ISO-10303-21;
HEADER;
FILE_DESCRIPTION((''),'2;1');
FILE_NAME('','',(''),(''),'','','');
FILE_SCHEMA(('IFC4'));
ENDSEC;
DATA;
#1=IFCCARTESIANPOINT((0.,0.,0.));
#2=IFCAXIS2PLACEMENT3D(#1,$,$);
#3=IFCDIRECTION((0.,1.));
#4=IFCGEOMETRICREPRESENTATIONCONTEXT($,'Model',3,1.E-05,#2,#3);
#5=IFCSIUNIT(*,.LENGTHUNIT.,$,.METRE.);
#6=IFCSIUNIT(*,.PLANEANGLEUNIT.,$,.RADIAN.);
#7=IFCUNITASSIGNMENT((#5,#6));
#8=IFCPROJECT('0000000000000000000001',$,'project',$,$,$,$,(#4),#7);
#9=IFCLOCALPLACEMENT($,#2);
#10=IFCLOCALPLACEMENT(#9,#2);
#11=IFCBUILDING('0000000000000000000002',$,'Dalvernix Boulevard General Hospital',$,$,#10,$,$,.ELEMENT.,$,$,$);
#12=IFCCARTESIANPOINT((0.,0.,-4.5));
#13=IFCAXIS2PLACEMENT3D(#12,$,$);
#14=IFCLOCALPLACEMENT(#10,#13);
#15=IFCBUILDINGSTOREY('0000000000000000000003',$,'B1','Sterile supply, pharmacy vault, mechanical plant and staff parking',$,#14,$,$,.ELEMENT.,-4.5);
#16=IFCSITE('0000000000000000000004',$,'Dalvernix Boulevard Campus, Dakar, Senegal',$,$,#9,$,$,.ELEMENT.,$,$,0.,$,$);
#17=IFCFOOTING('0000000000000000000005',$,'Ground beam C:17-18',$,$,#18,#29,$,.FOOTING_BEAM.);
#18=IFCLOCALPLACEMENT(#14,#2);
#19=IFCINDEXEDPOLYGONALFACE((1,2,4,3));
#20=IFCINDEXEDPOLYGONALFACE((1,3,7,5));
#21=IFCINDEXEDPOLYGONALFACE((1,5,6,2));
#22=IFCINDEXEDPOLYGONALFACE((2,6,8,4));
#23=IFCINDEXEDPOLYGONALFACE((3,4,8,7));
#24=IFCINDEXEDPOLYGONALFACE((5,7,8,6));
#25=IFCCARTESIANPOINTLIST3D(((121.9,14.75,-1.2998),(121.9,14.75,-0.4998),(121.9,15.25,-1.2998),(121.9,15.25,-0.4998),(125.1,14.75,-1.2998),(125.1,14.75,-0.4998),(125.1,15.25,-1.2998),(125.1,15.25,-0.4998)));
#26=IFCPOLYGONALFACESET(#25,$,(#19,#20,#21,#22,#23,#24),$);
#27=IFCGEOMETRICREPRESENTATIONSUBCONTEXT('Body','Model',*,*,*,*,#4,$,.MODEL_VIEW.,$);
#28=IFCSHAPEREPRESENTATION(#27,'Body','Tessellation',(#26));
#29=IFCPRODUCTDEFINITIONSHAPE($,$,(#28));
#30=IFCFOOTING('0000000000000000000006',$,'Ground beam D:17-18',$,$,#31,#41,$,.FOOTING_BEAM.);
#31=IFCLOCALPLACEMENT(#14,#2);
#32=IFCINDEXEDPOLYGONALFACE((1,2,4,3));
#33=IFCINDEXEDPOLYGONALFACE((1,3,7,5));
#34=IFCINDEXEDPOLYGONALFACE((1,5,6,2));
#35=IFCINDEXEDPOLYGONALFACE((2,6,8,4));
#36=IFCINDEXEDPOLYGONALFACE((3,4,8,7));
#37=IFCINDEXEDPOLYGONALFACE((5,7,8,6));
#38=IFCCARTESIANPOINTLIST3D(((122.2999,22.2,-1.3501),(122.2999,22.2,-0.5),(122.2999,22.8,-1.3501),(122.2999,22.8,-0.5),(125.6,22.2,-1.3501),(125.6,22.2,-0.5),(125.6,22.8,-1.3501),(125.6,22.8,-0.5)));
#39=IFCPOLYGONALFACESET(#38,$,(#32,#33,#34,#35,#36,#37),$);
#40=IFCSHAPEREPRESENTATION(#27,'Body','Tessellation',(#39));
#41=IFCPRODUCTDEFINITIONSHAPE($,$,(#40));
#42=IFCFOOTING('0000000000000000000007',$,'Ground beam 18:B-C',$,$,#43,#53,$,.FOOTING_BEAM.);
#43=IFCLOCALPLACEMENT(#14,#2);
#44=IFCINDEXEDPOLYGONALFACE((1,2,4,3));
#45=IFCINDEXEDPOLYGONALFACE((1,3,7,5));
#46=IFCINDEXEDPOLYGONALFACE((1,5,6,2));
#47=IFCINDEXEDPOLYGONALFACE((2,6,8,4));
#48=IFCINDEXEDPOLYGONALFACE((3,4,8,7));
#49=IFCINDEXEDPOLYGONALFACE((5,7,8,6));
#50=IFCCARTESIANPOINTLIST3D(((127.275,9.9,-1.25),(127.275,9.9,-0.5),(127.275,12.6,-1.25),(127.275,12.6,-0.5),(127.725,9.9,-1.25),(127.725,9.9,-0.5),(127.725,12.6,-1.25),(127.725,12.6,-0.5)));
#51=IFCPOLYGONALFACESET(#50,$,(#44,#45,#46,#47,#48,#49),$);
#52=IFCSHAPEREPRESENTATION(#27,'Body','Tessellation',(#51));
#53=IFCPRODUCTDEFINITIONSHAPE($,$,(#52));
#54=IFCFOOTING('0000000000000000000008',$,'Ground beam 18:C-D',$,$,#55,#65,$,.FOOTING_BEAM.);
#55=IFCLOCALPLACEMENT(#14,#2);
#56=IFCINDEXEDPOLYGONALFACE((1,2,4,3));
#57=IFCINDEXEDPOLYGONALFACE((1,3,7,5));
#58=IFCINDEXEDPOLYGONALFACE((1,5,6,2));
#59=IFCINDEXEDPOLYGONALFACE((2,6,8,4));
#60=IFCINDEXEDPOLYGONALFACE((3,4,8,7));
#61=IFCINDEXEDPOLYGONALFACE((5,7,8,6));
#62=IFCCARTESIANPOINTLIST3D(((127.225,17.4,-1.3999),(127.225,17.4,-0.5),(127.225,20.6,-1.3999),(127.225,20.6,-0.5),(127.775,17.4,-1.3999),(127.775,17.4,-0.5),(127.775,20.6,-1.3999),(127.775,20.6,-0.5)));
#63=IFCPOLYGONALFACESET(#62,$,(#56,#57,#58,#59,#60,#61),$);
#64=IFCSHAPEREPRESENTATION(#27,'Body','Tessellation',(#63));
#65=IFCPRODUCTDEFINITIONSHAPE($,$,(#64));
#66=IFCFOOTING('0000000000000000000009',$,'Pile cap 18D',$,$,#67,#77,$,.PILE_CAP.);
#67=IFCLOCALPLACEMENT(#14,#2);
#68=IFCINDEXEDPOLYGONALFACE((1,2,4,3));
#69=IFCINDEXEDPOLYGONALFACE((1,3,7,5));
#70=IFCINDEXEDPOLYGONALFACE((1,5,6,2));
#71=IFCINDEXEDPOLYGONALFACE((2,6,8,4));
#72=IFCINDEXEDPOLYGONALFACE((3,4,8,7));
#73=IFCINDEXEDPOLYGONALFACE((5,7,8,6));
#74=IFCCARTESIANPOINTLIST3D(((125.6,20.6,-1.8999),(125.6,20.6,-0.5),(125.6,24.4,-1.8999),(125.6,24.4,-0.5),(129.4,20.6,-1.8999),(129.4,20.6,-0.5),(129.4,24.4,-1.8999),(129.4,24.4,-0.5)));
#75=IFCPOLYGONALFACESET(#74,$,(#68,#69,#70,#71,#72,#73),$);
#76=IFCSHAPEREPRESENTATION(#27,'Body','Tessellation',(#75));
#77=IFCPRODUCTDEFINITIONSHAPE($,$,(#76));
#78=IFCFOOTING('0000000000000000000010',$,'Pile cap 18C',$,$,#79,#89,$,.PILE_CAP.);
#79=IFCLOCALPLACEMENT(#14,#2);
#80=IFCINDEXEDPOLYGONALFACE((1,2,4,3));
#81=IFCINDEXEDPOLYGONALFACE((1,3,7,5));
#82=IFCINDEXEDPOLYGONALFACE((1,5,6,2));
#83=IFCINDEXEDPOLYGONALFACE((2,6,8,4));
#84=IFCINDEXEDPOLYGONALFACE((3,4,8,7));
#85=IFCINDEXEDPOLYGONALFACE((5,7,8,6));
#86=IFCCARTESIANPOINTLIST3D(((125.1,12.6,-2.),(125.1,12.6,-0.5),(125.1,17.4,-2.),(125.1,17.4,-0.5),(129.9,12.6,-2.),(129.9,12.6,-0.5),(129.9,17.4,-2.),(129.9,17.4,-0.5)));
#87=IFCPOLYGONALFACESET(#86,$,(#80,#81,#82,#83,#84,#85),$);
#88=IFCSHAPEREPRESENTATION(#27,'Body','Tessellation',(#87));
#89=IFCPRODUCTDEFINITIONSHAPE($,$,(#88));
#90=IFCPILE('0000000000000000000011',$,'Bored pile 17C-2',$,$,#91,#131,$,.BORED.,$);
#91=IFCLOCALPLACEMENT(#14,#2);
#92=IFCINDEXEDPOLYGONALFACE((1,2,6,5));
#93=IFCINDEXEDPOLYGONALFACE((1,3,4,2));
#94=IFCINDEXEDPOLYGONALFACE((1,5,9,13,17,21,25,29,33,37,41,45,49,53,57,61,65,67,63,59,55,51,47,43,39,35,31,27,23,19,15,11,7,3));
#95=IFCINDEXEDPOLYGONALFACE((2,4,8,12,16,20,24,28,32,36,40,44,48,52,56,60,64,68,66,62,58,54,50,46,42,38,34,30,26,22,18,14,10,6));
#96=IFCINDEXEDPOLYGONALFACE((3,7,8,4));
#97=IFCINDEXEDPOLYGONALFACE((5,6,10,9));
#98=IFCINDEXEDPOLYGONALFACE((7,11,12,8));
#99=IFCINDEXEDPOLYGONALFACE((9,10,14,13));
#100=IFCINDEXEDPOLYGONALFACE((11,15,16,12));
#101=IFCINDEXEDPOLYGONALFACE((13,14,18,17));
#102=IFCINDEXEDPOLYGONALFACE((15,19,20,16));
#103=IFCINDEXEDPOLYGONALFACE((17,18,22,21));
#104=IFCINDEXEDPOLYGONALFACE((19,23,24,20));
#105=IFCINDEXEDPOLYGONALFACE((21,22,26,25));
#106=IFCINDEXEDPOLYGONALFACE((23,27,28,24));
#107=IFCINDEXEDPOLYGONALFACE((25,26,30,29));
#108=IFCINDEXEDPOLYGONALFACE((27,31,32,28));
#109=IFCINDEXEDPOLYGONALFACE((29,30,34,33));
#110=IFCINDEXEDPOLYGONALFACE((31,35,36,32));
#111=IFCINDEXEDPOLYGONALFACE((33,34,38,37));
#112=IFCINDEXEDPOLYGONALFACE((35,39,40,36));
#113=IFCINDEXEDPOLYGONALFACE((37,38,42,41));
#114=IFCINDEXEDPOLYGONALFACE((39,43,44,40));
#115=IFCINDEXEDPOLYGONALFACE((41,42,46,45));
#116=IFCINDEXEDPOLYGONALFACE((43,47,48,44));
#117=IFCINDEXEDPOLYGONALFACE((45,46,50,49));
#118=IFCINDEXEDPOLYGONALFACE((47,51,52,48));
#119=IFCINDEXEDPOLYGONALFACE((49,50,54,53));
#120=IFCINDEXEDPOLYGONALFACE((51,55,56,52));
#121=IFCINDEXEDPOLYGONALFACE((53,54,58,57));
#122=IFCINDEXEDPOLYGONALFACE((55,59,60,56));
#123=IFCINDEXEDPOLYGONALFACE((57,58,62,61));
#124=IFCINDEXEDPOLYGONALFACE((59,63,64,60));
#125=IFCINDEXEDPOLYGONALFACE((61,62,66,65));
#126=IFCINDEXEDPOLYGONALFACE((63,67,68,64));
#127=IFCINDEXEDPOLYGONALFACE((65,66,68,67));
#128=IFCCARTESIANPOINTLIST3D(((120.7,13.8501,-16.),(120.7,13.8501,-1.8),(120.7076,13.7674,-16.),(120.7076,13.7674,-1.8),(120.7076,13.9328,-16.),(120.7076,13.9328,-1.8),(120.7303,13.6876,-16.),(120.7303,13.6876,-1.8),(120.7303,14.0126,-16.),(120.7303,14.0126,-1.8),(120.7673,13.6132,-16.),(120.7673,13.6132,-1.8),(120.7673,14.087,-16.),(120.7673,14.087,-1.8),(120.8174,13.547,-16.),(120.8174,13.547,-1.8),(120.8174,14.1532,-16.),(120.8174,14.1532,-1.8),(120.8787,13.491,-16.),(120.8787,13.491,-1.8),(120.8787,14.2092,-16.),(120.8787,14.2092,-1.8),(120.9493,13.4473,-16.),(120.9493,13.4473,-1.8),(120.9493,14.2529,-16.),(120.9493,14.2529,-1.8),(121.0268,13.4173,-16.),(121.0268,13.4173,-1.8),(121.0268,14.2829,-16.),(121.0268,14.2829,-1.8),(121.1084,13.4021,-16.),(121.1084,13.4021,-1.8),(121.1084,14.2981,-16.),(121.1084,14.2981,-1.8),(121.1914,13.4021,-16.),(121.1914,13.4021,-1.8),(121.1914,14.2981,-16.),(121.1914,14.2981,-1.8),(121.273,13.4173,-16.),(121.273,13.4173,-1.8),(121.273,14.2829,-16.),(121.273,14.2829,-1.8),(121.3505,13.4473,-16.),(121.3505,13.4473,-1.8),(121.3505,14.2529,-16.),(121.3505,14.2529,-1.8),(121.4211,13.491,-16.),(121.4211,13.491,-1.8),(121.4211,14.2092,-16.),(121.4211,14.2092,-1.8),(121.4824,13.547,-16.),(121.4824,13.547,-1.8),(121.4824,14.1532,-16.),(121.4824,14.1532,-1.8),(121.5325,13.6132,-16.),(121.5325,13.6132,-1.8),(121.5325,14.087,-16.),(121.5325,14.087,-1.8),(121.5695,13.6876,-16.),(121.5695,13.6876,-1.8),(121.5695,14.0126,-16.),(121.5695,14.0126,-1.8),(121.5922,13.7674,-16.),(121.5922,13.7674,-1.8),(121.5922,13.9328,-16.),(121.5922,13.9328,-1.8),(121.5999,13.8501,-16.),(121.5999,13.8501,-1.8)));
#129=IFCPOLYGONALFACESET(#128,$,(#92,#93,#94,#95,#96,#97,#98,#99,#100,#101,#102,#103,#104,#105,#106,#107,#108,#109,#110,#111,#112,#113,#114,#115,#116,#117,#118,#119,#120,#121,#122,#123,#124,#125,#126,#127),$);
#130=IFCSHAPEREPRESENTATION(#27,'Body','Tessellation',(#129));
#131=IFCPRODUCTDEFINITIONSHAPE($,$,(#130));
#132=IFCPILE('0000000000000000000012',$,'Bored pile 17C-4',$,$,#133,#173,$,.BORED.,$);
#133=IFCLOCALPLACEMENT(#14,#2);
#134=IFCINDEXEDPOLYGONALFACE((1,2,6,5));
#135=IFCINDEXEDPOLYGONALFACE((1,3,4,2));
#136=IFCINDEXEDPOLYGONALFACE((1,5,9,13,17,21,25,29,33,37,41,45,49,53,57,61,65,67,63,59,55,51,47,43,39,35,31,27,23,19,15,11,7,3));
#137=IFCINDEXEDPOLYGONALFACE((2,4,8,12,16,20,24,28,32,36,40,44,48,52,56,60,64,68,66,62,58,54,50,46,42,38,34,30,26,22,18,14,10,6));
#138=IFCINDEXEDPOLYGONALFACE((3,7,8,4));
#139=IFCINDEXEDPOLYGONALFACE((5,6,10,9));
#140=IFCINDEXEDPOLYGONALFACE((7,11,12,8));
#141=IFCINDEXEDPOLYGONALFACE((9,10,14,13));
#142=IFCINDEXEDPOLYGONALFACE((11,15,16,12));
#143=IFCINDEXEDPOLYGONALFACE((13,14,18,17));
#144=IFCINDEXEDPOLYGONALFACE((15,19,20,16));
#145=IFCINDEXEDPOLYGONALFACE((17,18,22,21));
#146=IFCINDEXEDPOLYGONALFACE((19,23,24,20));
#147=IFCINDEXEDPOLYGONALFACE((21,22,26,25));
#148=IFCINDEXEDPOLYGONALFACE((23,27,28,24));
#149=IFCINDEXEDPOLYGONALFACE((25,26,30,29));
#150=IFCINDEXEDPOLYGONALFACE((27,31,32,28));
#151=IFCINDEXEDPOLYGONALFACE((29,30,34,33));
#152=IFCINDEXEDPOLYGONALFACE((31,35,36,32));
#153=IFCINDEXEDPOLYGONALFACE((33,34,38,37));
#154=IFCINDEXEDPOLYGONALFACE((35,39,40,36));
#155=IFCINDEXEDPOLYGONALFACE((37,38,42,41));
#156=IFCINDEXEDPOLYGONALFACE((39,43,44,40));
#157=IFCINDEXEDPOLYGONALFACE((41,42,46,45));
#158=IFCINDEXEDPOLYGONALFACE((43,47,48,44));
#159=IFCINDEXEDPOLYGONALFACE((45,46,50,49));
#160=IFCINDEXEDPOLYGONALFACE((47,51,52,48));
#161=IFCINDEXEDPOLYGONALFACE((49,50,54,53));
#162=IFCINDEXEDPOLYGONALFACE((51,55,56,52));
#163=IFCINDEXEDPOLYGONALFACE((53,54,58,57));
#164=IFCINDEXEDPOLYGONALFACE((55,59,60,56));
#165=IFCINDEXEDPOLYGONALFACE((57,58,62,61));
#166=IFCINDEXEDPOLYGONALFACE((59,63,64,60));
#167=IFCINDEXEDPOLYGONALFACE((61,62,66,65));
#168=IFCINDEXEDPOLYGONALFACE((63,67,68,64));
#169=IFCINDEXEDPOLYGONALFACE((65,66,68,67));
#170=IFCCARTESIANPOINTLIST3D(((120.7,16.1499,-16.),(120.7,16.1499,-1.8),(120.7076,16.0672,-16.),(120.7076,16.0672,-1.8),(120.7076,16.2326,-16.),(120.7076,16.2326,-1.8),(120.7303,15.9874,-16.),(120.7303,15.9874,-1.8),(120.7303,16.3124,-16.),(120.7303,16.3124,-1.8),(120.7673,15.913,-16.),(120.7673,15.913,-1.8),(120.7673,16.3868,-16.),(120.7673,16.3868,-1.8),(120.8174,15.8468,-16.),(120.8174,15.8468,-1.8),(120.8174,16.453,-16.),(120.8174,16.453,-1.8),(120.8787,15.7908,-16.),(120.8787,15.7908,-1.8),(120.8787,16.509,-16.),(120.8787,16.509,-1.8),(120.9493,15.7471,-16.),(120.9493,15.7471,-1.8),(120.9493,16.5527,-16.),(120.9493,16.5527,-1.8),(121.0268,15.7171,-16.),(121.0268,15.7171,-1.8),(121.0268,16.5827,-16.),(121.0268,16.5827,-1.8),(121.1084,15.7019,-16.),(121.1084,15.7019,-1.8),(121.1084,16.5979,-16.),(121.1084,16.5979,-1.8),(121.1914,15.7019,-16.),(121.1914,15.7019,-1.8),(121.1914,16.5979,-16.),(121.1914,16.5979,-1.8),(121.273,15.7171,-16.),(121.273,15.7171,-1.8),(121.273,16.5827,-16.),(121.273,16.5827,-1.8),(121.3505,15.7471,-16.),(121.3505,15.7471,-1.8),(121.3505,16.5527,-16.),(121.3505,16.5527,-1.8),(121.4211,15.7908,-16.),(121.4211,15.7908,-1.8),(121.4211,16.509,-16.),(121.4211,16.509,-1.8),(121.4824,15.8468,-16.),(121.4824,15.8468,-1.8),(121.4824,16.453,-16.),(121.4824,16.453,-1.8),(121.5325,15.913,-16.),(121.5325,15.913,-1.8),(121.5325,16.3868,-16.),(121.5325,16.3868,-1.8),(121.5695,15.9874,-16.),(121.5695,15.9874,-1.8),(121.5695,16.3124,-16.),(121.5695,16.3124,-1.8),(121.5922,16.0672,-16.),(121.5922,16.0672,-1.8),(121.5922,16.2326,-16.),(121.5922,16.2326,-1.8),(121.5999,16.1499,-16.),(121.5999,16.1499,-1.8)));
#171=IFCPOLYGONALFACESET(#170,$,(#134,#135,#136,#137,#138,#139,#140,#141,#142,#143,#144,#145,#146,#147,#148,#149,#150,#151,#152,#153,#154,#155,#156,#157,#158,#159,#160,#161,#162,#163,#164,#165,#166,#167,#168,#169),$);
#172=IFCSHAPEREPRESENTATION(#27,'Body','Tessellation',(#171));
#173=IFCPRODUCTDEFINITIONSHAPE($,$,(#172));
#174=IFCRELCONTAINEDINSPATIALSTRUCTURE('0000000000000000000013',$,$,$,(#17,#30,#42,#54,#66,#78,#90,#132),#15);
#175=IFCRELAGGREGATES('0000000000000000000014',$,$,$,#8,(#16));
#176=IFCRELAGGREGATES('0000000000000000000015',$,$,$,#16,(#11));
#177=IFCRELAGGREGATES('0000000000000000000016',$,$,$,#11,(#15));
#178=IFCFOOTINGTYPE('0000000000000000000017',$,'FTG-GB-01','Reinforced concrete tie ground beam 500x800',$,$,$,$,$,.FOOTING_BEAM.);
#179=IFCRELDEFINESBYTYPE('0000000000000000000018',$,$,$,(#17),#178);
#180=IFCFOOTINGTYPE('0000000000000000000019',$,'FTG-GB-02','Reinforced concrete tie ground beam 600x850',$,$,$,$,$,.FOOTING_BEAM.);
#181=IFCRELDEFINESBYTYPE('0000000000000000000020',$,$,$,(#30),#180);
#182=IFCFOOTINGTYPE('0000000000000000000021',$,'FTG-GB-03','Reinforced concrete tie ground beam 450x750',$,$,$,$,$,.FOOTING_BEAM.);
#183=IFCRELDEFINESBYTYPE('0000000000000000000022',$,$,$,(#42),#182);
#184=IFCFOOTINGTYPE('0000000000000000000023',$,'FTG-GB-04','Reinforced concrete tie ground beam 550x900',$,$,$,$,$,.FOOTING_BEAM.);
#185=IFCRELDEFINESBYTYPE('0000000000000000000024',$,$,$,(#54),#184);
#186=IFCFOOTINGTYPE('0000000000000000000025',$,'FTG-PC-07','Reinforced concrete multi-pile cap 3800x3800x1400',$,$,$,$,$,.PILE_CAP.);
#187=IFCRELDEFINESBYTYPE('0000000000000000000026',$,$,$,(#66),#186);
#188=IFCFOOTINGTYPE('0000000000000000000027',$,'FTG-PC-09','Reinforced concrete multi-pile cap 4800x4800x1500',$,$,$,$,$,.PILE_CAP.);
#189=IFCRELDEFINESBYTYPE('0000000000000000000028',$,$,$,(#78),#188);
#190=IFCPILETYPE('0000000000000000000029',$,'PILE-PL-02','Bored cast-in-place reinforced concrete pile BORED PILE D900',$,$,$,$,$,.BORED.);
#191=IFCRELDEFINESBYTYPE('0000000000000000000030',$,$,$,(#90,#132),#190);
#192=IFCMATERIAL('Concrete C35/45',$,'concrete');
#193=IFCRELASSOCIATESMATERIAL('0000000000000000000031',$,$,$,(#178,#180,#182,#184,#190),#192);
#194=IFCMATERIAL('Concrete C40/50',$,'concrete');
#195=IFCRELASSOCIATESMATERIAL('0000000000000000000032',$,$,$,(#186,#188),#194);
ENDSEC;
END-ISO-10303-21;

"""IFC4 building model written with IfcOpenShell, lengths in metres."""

from ifc_helpers import new_model, si_unit, direction, frame, origin, origin_2d, place, context, subcontext, project, spatial, rectangle, circle, extrude, material, material_profile, profile_set, type_object, element, save


model = new_model("IFC4")

# Units and contexts
model_context = context("Model", 3, precision=1e-05, world=origin(), true_north=direction((0.0, 1.0)))
body_context = subcontext(model_context, "Body", "Model", "MODEL_VIEW")
ifc_project = project(units=[si_unit("LENGTHUNIT", "METRE"), si_unit("PLANEANGLEUNIT", "RADIAN")], contexts=[model_context])

# Site, building, storey
site_placement = place(None, origin())
site = spatial("IfcSite", under=ifc_project, at=site_placement, Name="Dalvernix Boulevard Campus, Dakar, Senegal", CompositionType="ELEMENT", RefElevation=0.0)
building_placement = place(site_placement, origin())
building = spatial("IfcBuilding", under=site, at=building_placement, Name="Dalvernix Boulevard General Hospital", CompositionType="ELEMENT")
storey_placement = place(building_placement, frame((0.0, 0.0, -4.5)))
storey = spatial("IfcBuildingStorey", under=building, at=storey_placement, Name="B1", Description="Sterile supply, pharmacy vault, mechanical plant and staff parking", CompositionType="ELEMENT", Elevation=-4.5)

# Footings
ifc_material_1 = material(Name="Concrete C35/45", Category="concrete")
footing_type_1 = type_object("IfcFootingType", Name="FTG-GB-01", Description="Reinforced concrete tie ground beam 500x800", PredefinedType="FOOTING_BEAM", material=ifc_material_1)
footing_1_placement = place(storey_placement, frame((123.5, 15.0, -1.2998), z_axis=(0.0, 0.0, 1.0), x_axis=(1.0, 0.0, 0.0)))
element("IfcFooting", 1, at=footing_1_placement, inside=storey, type_object=footing_type_1, Name="Ground beam C:17-18", PredefinedType="FOOTING_BEAM", context=body_context, shape_type="SweptSolid", body=[
    extrude(rectangle(XDim=3.2, YDim=0.5, at=origin_2d()), origin(), (0.0, 0.0, 1.0), 0.8),
])
footing_type_2 = type_object("IfcFootingType", Name="FTG-GB-02", Description="Reinforced concrete tie ground beam 600x850", PredefinedType="FOOTING_BEAM", material=ifc_material_1)
footing_2_placement = place(storey_placement, frame((123.95, 22.5, -1.3501), z_axis=(0.0, 0.0, 1.0), x_axis=(1.0, 0.0, 0.0)))
element("IfcFooting", 2, at=footing_2_placement, inside=storey, type_object=footing_type_2, Name="Ground beam D:17-18", PredefinedType="FOOTING_BEAM", context=body_context, shape_type="SweptSolid", body=[
    extrude(rectangle(XDim=3.3, YDim=0.6001, at=origin_2d()), origin(), (0.0, 0.0, 1.0), 0.8501),
])
footing_type_3 = type_object("IfcFootingType", Name="FTG-GB-03", Description="Reinforced concrete tie ground beam 450x750", PredefinedType="FOOTING_BEAM", material=ifc_material_1)
footing_3_placement = place(storey_placement, frame((127.5, 11.25, -1.25), z_axis=(0.0, 0.0, 1.0), x_axis=(0.0, 1.0, 0.0)))
element("IfcFooting", 3, at=footing_3_placement, inside=storey, type_object=footing_type_3, Name="Ground beam 18:B-C", PredefinedType="FOOTING_BEAM", context=body_context, shape_type="SweptSolid", body=[
    extrude(rectangle(XDim=2.7, YDim=0.45, at=origin_2d()), origin(), (0.0, 0.0, 1.0), 0.75),
])
footing_type_4 = type_object("IfcFootingType", Name="FTG-GB-04", Description="Reinforced concrete tie ground beam 550x900", PredefinedType="FOOTING_BEAM", material=ifc_material_1)
footing_4_placement = place(storey_placement, frame((127.5, 19.0, -1.3999), z_axis=(0.0, 0.0, 1.0), x_axis=(0.0, 1.0, 0.0)))
element("IfcFooting", 4, at=footing_4_placement, inside=storey, type_object=footing_type_4, Name="Ground beam 18:C-D", PredefinedType="FOOTING_BEAM", context=body_context, shape_type="SweptSolid", body=[
    extrude(rectangle(XDim=3.2, YDim=0.55, at=origin_2d()), origin(), (0.0, 0.0, 1.0), 0.8999),
])
ifc_material_2 = material(Name="Concrete C40/50", Category="concrete")
footing_type_5 = type_object("IfcFootingType", Name="FTG-PC-07", Description="Reinforced concrete multi-pile cap 3800x3800x1400", PredefinedType="PILE_CAP", material=ifc_material_2)
footing_5_placement = place(storey_placement, frame((127.5, 22.5, -1.8999), z_axis=(0.0, 0.0, 1.0), x_axis=(1.0, 0.0, 0.0)))
element("IfcFooting", 5, at=footing_5_placement, inside=storey, type_object=footing_type_5, Name="Pile cap 18D", PredefinedType="PILE_CAP", context=body_context, shape_type="SweptSolid", body=[
    extrude(rectangle(XDim=3.8, YDim=3.8, at=origin_2d()), origin(), (0.0, 0.0, 1.0), 1.3999),
])
footing_type_6 = type_object("IfcFootingType", Name="FTG-PC-09", Description="Reinforced concrete multi-pile cap 4800x4800x1500", PredefinedType="PILE_CAP", material=ifc_material_2)
footing_6_placement = place(storey_placement, frame((127.5, 15.0, -2.0), z_axis=(0.0, 0.0, 1.0), x_axis=(1.0, 0.0, 0.0)))
element("IfcFooting", 6, at=footing_6_placement, inside=storey, type_object=footing_type_6, Name="Pile cap 18C", PredefinedType="PILE_CAP", context=body_context, shape_type="SweptSolid", body=[
    extrude(rectangle(XDim=4.8, YDim=4.8, at=origin_2d()), origin(), (0.0, 0.0, 1.0), 1.5),
])

# Piles
ifc_material_profile_1 = material_profile(ifc_material_1, circle(Radius=0.45, at=origin_2d()), Name="BORED PILE D900")
ifc_profile_set_1 = profile_set([ifc_material_profile_1], Name="Concrete C35/45")
pile_type_1 = type_object("IfcPileType", Name="PILE-PL-02", Description="Bored cast-in-place reinforced concrete pile BORED PILE D900", PredefinedType="BORED", material=ifc_profile_set_1)
for number, where, z_axis, x_axis, name in (
    (7, (121.1499, 13.8501, -1.8), (0.0, 0.0, -1.0), (1.0, 0.0, 0.0), "Bored pile 17C-2"),
    (8, (121.1499, 16.1499, -1.8), (0.0, 0.0, -1.0), (1.0, 0.0, 0.0), "Bored pile 17C-4"),
):
    element("IfcPile", number, at=place(storey_placement, frame(where, z_axis=z_axis, x_axis=x_axis)), inside=storey, type_object=pile_type_1, Name=name, PredefinedType="BORED", context=body_context, shape_type="SweptSolid", body=[
        extrude(circle(Radius=0.45, at=origin_2d()), origin(), (0.0, 0.0, 1.0), 14.2),
    ])

save(model, "model.ifc")
